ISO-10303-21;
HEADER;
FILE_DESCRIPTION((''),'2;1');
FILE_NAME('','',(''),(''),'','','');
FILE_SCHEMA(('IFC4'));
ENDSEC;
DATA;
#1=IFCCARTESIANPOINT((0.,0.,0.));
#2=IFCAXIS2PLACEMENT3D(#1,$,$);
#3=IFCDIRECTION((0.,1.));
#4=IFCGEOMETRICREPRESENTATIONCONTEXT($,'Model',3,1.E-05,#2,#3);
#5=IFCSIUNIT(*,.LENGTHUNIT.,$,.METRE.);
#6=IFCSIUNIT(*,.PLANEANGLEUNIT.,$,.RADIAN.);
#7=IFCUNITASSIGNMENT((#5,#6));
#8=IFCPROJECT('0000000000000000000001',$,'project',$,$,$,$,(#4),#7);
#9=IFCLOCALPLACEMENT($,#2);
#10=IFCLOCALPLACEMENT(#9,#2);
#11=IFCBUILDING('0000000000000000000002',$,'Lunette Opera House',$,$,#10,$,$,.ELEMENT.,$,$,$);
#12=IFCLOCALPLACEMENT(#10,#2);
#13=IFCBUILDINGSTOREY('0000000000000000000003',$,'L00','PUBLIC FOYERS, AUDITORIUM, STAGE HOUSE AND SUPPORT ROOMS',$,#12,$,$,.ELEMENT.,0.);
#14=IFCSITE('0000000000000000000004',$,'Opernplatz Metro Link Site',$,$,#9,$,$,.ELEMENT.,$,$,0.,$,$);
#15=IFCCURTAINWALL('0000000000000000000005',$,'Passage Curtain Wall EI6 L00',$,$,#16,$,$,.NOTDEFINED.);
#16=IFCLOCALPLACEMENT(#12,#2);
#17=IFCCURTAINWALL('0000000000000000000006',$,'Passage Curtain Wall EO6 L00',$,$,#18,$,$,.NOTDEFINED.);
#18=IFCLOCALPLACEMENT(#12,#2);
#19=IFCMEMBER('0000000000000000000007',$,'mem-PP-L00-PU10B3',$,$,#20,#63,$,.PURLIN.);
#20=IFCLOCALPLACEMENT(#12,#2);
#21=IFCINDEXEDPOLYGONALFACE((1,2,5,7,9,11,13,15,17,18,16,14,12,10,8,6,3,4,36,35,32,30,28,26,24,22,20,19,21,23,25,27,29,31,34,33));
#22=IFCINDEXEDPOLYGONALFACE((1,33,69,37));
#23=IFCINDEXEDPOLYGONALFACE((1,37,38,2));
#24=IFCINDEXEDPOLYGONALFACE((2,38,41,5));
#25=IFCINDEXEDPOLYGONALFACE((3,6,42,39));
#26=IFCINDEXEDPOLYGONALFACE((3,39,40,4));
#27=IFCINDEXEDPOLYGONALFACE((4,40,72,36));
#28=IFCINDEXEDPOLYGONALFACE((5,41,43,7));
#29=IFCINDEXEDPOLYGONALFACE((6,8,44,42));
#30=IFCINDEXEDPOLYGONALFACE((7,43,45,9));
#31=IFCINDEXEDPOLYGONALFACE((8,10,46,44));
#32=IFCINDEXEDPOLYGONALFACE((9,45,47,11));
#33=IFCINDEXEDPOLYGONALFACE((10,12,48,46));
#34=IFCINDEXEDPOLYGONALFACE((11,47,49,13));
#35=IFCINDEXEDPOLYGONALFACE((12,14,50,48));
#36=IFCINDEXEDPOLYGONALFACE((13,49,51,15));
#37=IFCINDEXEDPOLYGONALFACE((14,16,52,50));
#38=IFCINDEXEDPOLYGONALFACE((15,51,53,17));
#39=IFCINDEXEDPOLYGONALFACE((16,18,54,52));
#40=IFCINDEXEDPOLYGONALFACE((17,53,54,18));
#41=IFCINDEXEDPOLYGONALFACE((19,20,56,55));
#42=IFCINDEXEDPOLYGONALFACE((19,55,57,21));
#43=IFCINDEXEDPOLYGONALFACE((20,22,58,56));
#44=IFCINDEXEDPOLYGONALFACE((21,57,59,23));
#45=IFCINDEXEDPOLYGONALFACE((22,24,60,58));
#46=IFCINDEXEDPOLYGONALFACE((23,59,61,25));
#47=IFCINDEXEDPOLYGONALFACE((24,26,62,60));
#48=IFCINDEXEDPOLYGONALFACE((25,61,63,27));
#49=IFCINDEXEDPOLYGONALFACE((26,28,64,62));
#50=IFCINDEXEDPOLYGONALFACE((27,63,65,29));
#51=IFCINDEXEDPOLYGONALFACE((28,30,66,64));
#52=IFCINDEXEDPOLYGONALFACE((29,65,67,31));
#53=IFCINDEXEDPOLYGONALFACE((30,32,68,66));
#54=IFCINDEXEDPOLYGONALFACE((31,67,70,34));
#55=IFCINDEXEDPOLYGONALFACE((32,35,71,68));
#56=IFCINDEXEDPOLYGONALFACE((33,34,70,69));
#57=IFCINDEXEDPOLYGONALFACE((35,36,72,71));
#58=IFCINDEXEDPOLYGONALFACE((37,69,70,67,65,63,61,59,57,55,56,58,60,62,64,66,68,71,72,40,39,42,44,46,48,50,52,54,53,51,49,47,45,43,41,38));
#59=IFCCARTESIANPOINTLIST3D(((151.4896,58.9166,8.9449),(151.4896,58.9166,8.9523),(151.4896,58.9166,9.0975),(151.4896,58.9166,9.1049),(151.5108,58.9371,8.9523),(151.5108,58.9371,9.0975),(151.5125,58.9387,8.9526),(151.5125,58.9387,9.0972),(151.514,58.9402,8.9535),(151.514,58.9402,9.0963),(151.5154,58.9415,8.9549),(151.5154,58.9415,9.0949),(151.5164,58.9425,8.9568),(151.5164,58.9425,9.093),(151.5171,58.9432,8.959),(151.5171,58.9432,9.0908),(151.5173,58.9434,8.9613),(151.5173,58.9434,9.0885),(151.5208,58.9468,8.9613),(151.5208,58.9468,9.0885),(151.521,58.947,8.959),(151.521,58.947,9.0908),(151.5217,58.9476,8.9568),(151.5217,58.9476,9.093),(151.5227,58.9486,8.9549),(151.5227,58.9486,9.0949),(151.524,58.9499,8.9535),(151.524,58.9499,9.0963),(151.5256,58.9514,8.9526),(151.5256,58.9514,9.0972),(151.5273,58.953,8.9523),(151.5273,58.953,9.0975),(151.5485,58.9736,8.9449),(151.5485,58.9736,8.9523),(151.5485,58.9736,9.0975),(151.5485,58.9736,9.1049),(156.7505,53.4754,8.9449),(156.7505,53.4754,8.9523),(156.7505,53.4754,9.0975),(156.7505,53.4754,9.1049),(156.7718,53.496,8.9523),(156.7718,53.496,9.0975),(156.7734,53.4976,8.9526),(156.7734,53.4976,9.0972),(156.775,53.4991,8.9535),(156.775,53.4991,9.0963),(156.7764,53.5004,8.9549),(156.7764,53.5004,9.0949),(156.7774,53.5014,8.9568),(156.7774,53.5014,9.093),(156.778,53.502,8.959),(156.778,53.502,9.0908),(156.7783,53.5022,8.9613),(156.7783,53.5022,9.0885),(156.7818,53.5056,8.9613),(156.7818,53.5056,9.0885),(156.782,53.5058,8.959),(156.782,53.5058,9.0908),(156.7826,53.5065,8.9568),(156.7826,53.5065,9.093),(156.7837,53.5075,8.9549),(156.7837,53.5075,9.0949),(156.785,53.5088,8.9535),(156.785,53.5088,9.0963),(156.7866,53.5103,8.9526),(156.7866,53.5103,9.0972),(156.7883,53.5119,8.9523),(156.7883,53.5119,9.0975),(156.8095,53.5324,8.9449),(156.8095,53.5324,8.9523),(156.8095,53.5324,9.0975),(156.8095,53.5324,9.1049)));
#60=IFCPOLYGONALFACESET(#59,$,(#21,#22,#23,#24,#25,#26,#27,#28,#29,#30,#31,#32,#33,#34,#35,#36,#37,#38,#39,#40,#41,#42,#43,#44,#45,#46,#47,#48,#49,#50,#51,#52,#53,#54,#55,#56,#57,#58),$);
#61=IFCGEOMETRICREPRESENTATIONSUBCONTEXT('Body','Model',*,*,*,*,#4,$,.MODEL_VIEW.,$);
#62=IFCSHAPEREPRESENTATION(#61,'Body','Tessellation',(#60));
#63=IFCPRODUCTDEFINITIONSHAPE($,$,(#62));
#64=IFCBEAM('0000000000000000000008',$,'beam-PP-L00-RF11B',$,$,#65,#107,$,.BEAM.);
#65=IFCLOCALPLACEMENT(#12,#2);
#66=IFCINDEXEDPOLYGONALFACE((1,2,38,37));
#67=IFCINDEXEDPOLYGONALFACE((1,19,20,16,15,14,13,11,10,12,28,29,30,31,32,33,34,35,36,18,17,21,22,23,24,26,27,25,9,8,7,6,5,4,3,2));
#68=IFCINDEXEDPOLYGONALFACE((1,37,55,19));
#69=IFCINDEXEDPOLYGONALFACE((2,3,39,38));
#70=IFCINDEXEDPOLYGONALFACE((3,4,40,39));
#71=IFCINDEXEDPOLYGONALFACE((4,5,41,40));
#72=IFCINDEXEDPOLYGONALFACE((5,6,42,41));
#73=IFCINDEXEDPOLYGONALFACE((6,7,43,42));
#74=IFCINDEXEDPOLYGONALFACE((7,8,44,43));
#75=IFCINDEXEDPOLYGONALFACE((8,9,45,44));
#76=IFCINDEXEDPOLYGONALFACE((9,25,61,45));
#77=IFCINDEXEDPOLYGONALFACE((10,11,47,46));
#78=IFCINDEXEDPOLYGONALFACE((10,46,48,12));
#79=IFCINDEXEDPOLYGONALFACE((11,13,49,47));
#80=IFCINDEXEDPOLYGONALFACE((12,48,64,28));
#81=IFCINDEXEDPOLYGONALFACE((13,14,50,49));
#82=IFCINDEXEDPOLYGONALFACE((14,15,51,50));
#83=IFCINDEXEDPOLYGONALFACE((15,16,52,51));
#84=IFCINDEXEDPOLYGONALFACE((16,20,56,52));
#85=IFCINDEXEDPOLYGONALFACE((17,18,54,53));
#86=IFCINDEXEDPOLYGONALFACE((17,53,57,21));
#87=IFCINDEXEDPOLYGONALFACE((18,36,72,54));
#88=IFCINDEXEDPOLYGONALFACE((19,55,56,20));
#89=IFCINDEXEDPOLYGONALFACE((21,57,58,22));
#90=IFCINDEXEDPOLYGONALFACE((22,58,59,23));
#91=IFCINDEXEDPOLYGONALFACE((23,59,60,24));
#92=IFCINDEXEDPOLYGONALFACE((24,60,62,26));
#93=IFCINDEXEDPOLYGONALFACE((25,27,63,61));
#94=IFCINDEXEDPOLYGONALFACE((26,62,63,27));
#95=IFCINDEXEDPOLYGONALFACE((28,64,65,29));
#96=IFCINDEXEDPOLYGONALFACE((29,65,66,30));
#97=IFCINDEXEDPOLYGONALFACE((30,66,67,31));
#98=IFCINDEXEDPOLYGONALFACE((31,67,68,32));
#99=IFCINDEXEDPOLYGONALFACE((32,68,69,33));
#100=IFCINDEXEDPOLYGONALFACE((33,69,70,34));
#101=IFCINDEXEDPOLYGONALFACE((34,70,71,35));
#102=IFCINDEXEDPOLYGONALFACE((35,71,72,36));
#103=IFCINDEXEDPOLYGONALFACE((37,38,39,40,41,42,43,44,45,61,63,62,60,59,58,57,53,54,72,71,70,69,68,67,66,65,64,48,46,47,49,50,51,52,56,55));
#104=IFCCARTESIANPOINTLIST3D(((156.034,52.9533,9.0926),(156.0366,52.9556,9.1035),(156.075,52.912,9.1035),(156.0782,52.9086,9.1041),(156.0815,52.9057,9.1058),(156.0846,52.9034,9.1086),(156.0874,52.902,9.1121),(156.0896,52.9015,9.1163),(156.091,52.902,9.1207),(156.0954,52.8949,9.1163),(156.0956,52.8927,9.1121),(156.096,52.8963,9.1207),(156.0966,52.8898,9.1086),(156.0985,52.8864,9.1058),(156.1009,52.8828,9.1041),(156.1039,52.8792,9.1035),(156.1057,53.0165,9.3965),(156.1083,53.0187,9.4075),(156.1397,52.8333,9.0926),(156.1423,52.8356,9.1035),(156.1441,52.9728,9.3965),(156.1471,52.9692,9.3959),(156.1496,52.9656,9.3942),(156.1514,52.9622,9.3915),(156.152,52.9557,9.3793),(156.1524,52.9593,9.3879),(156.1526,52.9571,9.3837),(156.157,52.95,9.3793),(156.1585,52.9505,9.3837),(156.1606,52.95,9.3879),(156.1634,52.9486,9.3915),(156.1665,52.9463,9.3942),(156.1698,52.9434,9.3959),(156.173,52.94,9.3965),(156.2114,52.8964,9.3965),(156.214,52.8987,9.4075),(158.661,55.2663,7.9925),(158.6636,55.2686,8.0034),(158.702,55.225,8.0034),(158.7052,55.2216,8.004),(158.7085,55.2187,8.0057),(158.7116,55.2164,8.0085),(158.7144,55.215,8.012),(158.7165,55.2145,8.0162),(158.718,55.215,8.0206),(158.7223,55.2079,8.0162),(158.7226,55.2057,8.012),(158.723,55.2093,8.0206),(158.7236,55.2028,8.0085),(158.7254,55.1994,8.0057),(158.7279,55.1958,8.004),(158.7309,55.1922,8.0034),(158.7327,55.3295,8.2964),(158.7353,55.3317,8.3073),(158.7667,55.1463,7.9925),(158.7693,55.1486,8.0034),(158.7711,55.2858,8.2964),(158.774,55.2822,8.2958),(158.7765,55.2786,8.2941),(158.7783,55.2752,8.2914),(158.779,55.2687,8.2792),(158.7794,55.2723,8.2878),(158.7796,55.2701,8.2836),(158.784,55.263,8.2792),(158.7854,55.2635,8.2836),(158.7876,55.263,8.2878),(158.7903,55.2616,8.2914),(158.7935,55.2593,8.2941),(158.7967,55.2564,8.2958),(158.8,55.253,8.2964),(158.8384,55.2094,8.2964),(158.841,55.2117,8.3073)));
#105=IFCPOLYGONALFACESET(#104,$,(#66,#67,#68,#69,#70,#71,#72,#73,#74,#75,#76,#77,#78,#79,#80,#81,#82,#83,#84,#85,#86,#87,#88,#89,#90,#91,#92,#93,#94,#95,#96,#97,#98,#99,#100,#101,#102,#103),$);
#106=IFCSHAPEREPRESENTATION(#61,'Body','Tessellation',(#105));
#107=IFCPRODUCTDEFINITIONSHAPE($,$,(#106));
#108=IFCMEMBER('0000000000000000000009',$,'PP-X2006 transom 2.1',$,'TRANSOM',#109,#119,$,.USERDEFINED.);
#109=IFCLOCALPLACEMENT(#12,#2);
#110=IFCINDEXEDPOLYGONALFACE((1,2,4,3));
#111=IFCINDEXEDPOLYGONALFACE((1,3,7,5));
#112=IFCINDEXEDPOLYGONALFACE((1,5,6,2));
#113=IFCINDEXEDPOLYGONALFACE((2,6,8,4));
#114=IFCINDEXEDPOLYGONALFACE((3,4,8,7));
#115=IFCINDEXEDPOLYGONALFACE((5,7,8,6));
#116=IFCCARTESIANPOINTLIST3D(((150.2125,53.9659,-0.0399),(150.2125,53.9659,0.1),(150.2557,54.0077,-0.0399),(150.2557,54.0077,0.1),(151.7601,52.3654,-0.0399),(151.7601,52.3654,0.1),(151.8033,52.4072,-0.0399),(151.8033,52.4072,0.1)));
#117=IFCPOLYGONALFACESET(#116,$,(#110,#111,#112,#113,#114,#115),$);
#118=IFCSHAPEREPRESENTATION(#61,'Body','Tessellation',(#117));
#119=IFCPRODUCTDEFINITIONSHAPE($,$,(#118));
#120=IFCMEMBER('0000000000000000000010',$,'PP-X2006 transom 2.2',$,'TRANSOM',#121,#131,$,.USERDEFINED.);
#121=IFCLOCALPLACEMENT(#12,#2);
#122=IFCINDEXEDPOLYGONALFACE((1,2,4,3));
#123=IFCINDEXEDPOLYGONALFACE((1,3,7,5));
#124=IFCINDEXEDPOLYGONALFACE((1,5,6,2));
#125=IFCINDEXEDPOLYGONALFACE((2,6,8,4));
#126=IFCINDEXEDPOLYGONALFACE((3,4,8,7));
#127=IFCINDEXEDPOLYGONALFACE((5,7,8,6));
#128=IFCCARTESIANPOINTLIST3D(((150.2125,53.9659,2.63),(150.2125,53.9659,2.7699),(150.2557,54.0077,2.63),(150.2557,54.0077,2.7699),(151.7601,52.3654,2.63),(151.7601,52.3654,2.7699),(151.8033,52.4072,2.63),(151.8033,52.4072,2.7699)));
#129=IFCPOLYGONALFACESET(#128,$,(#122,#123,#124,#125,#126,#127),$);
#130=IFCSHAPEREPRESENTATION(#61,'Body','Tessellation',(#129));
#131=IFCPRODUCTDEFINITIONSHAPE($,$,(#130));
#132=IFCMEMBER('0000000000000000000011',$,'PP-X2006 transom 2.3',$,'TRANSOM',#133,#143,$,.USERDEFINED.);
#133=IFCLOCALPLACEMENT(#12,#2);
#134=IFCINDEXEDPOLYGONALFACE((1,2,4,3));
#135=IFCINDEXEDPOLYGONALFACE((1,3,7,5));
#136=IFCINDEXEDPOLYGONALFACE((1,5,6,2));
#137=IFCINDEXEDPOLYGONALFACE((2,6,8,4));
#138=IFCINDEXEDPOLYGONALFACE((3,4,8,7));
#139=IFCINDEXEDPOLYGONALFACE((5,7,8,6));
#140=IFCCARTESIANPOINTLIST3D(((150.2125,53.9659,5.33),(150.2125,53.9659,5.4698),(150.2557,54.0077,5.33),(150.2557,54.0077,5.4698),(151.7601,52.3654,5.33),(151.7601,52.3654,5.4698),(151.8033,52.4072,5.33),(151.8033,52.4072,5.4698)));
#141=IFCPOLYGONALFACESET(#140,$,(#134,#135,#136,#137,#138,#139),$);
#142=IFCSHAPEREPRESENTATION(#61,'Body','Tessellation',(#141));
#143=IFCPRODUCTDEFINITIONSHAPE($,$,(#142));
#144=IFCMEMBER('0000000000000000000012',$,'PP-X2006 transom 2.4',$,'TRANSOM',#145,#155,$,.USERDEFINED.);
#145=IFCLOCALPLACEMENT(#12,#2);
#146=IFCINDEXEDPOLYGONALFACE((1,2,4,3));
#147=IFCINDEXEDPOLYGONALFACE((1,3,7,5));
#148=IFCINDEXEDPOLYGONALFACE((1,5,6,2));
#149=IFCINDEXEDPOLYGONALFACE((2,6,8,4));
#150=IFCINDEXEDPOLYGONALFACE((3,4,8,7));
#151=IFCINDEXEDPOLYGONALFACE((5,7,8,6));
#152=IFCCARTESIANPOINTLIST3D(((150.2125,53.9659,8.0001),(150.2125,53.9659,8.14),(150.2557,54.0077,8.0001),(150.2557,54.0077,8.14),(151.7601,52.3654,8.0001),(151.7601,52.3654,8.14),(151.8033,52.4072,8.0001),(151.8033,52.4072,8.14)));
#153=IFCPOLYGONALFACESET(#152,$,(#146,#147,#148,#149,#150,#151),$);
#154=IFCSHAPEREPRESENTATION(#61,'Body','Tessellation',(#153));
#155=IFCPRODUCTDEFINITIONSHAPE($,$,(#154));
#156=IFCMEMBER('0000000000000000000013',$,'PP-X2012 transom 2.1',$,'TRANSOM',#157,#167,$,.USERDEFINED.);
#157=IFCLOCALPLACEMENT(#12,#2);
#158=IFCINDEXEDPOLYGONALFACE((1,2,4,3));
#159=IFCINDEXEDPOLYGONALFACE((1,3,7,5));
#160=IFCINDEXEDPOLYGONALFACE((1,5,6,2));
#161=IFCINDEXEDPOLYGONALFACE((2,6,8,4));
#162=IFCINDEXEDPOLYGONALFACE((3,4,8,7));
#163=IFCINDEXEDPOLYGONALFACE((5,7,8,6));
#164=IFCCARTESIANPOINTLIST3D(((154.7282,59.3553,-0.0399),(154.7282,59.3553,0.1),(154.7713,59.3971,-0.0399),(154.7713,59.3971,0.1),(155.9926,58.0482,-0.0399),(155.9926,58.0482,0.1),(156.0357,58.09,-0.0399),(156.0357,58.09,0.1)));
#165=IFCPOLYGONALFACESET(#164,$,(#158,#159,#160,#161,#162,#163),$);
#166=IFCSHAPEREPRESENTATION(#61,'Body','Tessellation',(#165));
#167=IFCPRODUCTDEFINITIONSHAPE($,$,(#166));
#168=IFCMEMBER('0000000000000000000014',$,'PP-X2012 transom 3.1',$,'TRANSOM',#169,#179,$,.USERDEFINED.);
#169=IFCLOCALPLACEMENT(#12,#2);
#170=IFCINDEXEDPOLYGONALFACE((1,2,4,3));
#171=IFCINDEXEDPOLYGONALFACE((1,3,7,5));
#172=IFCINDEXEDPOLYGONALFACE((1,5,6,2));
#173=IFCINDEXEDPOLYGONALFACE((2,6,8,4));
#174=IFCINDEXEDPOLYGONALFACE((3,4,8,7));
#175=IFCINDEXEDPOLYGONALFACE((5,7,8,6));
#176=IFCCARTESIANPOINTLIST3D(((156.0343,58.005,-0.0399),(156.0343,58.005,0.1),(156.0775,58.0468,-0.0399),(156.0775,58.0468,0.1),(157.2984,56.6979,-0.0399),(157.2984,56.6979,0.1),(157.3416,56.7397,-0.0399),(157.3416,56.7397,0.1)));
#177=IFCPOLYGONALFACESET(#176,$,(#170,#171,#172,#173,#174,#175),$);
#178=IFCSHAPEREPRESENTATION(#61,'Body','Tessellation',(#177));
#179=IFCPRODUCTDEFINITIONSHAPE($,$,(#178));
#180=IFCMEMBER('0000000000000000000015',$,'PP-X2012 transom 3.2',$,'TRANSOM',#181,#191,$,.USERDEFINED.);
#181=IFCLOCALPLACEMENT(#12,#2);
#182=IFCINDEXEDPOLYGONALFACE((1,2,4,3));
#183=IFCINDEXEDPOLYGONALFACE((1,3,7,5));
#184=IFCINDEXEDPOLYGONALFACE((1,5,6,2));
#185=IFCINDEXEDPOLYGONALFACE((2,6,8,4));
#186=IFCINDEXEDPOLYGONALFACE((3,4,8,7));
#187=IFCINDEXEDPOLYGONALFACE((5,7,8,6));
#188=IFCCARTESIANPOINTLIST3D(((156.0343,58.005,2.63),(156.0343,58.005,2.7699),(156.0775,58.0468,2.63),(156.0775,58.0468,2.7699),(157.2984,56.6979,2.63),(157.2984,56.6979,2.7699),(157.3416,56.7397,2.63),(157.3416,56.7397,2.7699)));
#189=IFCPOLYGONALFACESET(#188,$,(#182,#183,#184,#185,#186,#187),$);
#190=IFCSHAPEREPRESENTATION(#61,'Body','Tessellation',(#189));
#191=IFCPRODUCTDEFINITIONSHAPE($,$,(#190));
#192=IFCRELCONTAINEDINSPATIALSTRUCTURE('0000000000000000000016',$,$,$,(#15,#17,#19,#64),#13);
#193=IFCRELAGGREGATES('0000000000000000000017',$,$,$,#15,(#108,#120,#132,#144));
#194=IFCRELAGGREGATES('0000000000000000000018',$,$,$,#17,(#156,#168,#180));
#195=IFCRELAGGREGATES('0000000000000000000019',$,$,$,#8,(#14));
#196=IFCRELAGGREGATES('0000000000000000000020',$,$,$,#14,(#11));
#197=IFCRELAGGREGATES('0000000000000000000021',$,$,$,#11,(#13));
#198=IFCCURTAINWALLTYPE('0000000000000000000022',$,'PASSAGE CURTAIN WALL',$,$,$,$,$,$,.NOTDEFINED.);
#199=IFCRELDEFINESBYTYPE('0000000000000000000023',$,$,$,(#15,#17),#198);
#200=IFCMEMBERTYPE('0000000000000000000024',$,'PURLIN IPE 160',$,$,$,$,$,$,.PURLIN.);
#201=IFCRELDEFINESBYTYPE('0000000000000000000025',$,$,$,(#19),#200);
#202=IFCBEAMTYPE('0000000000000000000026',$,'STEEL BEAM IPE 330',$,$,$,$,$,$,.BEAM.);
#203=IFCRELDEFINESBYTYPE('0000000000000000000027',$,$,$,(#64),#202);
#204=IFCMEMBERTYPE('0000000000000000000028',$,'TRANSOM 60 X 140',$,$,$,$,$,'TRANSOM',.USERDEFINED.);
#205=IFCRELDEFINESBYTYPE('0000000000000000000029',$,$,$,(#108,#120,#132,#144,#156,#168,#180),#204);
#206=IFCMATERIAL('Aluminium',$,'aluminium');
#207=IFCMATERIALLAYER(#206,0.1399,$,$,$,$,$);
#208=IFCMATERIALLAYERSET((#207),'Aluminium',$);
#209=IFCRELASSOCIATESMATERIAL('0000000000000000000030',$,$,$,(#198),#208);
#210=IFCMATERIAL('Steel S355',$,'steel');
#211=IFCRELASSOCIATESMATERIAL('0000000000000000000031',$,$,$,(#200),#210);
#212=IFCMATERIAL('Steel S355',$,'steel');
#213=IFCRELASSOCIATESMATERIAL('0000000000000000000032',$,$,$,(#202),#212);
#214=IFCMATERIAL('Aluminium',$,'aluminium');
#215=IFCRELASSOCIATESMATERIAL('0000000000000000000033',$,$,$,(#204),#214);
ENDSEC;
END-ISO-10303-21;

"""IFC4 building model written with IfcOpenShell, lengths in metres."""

from ifc_helpers import new_model, si_unit, direction, frame, origin, origin_2d, place, context, subcontext, project, spatial, rectangle, i_section, extrude, material, layer, layer_set, material_profile, profile_set, type_object, element, aggregate, save


model = new_model("IFC4")

# Units and contexts
model_context = context("Model", 3, precision=1e-05, world=origin(), true_north=direction((0.0, 1.0)))
body_context = subcontext(model_context, "Body", "Model", "MODEL_VIEW")
ifc_project = project(units=[si_unit("LENGTHUNIT", "METRE"), si_unit("PLANEANGLEUNIT", "RADIAN")], contexts=[model_context])

# Site, building, storey
site_placement = place(None, origin())
site = spatial("IfcSite", under=ifc_project, at=site_placement, Name="Opernplatz Metro Link Site", CompositionType="ELEMENT", RefElevation=0.0)
building_placement = place(site_placement, origin())
building = spatial("IfcBuilding", under=site, at=building_placement, Name="Lunette Opera House", CompositionType="ELEMENT")
storey_placement = place(building_placement, origin())
storey = spatial("IfcBuildingStorey", under=building, at=storey_placement, Name="L00", Description="PUBLIC FOYERS, AUDITORIUM, STAGE HOUSE AND SUPPORT ROOMS", CompositionType="ELEMENT", Elevation=0.0)

# Curtain wall
ifc_material_1 = material(Name="Aluminium", Category="aluminium")
ifc_layer_1 = layer(ifc_material_1, 0.1399)
ifc_layer_set_1 = layer_set([ifc_layer_1], Name="Aluminium")
curtain_wall_type = type_object("IfcCurtainWallType", Name="PASSAGE CURTAIN WALL", PredefinedType="NOTDEFINED", material=ifc_layer_set_1)
curtain_wall_1_placement = place(storey_placement, origin())
curtain_wall_1 = element("IfcCurtainWall", 1, at=curtain_wall_1_placement, inside=storey, type_object=curtain_wall_type, Name="Passage Curtain Wall EI6 L00", PredefinedType="NOTDEFINED")

# Curtain wall
curtain_wall_2_placement = place(storey_placement, origin())
curtain_wall_2 = element("IfcCurtainWall", 2, at=curtain_wall_2_placement, inside=storey, type_object=curtain_wall_type, Name="Passage Curtain Wall EO6 L00", PredefinedType="NOTDEFINED")

# Member
ifc_material_2 = material(Name="Steel S355", Category="steel")
ifc_material_profile_1 = material_profile(ifc_material_2, i_section(OverallWidth=0.082, OverallDepth=0.1599, WebThickness=0.0049, FlangeThickness=0.0073, FilletRadius=0.009, at=origin_2d()), Name="IPE 160")
ifc_profile_set_1 = profile_set([ifc_material_profile_1], Name="Steel S355")
member_type_1 = type_object("IfcMemberType", Name="PURLIN IPE 160", PredefinedType="PURLIN", material=ifc_profile_set_1)
member_1_placement = place(storey_placement, frame((151.519, 58.9451, 9.0249), z_axis=(0.695104, -0.718909, 0.0), x_axis=(0.718909, 0.695104, 0.0)))
element("IfcMember", 3, at=member_1_placement, inside=storey, type_object=member_type_1, Name="mem-PP-L00-PU10B3", PredefinedType="PURLIN", context=body_context, shape_type="SweptSolid", body=[
    extrude(i_section(OverallWidth=0.082, OverallDepth=0.1599, WebThickness=0.0049, FlangeThickness=0.0073, FilletRadius=0.009, at=origin_2d()), origin(), (0.0, 0.0, 1.0), 7.5686),
])

# Beam
ifc_material_3 = material(Name="Steel S355", Category="steel")
ifc_material_profile_2 = material_profile(ifc_material_3, i_section(OverallWidth=0.1599, OverallDepth=0.3301, WebThickness=0.0076, FlangeThickness=0.0115, FilletRadius=0.0181, at=origin_2d()), Name="IPE 330")
ifc_profile_set_2 = profile_set([ifc_material_profile_2], Name="Steel S355")
beam_type = type_object("IfcBeamType", Name="STEEL BEAM IPE 330", PredefinedType="BEAM", material=ifc_profile_set_2)
beam_placement = place(storey_placement, frame((158.751, 55.239, 8.1499), z_axis=(-0.716001, -0.630427, 0.299842), x_axis=(0.660832, -0.750534, 0.0)))
element("IfcBeam", 4, at=beam_placement, inside=storey, type_object=beam_type, Name="beam-PP-L00-RF11B", PredefinedType="BEAM", context=body_context, shape_type="SweptSolid", body=[
    extrude(i_section(OverallWidth=0.1599, OverallDepth=0.3301, WebThickness=0.0076, FlangeThickness=0.0115, FilletRadius=0.0181, at=origin_2d()), origin(), (0.0, 0.0, 1.0), 3.6689),
])

# Members
ifc_material_4 = material(Name="Aluminium", Category="aluminium")
ifc_material_profile_3 = material_profile(ifc_material_4, rectangle(XDim=0.0601, YDim=0.1399, at=origin_2d()), Name="TRANSOM 60 X 140")
ifc_profile_set_3 = profile_set([ifc_material_profile_3], Name="Aluminium")
member_type_2 = type_object("IfcMemberType", Name="TRANSOM 60 X 140", ElementType="TRANSOM", PredefinedType="USERDEFINED", material=ifc_profile_set_3)
member_2_placement = place(storey_placement, frame((150.2341, 53.9868, 0.03), z_axis=(0.695109, -0.718904, 0.0), x_axis=(0.718904, 0.695109, 0.0)))
member_2 = element("IfcMember", 5, at=member_2_placement, type_object=member_type_2, Name="PP-X2006 transom 2.1", ObjectType="TRANSOM", PredefinedType="USERDEFINED", context=body_context, shape_type="SweptSolid", body=[
    extrude(rectangle(XDim=0.0601, YDim=0.1399, at=origin_2d()), origin(), (0.0, 0.0, 1.0), 2.2263),
])
member_3_placement = place(storey_placement, frame((150.2341, 53.9868, 2.7), z_axis=(0.695109, -0.718904, 0.0), x_axis=(0.718904, 0.695109, 0.0)))
member_3 = element("IfcMember", 6, at=member_3_placement, type_object=member_type_2, Name="PP-X2006 transom 2.2", ObjectType="TRANSOM", PredefinedType="USERDEFINED", context=body_context, shape_type="SweptSolid", body=[
    extrude(rectangle(XDim=0.0601, YDim=0.1399, at=origin_2d()), origin(), (0.0, 0.0, 1.0), 2.2263),
])
member_4_placement = place(storey_placement, frame((150.2341, 53.9868, 5.3999), z_axis=(0.695109, -0.718904, 0.0), x_axis=(0.718904, 0.695109, 0.0)))
member_4 = element("IfcMember", 7, at=member_4_placement, type_object=member_type_2, Name="PP-X2006 transom 2.3", ObjectType="TRANSOM", PredefinedType="USERDEFINED", context=body_context, shape_type="SweptSolid", body=[
    extrude(rectangle(XDim=0.0601, YDim=0.1399, at=origin_2d()), origin(), (0.0, 0.0, 1.0), 2.2263),
])
member_5_placement = place(storey_placement, frame((150.2341, 53.9868, 8.0701), z_axis=(0.695109, -0.718904, 0.0), x_axis=(0.718904, 0.695109, 0.0)))
member_5 = element("IfcMember", 8, at=member_5_placement, type_object=member_type_2, Name="PP-X2006 transom 2.4", ObjectType="TRANSOM", PredefinedType="USERDEFINED", context=body_context, shape_type="SweptSolid", body=[
    extrude(rectangle(XDim=0.0601, YDim=0.1399, at=origin_2d()), origin(), (0.0, 0.0, 1.0), 2.2263),
])
member_6_placement = place(storey_placement, frame((154.7498, 59.3762, 0.03), z_axis=(0.695263, -0.718756, 0.0), x_axis=(0.718756, 0.695263, 0.0)))
member_6 = element("IfcMember", 9, at=member_6_placement, type_object=member_type_2, Name="PP-X2012 transom 2.1", ObjectType="TRANSOM", PredefinedType="USERDEFINED", context=body_context, shape_type="SweptSolid", body=[
    extrude(rectangle(XDim=0.0601, YDim=0.1399, at=origin_2d()), origin(), (0.0, 0.0, 1.0), 1.8186),
])
member_7_placement = place(storey_placement, frame((156.0559, 58.0259, 0.03), z_axis=(0.695193, -0.718823, 0.0), x_axis=(0.718823, 0.695193, 0.0)))
member_7 = element("IfcMember", 10, at=member_7_placement, type_object=member_type_2, Name="PP-X2012 transom 3.1", ObjectType="TRANSOM", PredefinedType="USERDEFINED", context=body_context, shape_type="SweptSolid", body=[
    extrude(rectangle(XDim=0.0601, YDim=0.1399, at=origin_2d()), origin(), (0.0, 0.0, 1.0), 1.8184),
])
member_8_placement = place(storey_placement, frame((156.0559, 58.0259, 2.7), z_axis=(0.695193, -0.718823, 0.0), x_axis=(0.718823, 0.695193, 0.0)))
member_8 = element("IfcMember", 11, at=member_8_placement, type_object=member_type_2, Name="PP-X2012 transom 3.2", ObjectType="TRANSOM", PredefinedType="USERDEFINED", context=body_context, shape_type="SweptSolid", body=[
    extrude(rectangle(XDim=0.0601, YDim=0.1399, at=origin_2d()), origin(), (0.0, 0.0, 1.0), 1.8184),
])

aggregate(curtain_wall_1, [member_2, member_3, member_4, member_5])
aggregate(curtain_wall_2, [member_6, member_7, member_8])

save(model, "model.ifc")
